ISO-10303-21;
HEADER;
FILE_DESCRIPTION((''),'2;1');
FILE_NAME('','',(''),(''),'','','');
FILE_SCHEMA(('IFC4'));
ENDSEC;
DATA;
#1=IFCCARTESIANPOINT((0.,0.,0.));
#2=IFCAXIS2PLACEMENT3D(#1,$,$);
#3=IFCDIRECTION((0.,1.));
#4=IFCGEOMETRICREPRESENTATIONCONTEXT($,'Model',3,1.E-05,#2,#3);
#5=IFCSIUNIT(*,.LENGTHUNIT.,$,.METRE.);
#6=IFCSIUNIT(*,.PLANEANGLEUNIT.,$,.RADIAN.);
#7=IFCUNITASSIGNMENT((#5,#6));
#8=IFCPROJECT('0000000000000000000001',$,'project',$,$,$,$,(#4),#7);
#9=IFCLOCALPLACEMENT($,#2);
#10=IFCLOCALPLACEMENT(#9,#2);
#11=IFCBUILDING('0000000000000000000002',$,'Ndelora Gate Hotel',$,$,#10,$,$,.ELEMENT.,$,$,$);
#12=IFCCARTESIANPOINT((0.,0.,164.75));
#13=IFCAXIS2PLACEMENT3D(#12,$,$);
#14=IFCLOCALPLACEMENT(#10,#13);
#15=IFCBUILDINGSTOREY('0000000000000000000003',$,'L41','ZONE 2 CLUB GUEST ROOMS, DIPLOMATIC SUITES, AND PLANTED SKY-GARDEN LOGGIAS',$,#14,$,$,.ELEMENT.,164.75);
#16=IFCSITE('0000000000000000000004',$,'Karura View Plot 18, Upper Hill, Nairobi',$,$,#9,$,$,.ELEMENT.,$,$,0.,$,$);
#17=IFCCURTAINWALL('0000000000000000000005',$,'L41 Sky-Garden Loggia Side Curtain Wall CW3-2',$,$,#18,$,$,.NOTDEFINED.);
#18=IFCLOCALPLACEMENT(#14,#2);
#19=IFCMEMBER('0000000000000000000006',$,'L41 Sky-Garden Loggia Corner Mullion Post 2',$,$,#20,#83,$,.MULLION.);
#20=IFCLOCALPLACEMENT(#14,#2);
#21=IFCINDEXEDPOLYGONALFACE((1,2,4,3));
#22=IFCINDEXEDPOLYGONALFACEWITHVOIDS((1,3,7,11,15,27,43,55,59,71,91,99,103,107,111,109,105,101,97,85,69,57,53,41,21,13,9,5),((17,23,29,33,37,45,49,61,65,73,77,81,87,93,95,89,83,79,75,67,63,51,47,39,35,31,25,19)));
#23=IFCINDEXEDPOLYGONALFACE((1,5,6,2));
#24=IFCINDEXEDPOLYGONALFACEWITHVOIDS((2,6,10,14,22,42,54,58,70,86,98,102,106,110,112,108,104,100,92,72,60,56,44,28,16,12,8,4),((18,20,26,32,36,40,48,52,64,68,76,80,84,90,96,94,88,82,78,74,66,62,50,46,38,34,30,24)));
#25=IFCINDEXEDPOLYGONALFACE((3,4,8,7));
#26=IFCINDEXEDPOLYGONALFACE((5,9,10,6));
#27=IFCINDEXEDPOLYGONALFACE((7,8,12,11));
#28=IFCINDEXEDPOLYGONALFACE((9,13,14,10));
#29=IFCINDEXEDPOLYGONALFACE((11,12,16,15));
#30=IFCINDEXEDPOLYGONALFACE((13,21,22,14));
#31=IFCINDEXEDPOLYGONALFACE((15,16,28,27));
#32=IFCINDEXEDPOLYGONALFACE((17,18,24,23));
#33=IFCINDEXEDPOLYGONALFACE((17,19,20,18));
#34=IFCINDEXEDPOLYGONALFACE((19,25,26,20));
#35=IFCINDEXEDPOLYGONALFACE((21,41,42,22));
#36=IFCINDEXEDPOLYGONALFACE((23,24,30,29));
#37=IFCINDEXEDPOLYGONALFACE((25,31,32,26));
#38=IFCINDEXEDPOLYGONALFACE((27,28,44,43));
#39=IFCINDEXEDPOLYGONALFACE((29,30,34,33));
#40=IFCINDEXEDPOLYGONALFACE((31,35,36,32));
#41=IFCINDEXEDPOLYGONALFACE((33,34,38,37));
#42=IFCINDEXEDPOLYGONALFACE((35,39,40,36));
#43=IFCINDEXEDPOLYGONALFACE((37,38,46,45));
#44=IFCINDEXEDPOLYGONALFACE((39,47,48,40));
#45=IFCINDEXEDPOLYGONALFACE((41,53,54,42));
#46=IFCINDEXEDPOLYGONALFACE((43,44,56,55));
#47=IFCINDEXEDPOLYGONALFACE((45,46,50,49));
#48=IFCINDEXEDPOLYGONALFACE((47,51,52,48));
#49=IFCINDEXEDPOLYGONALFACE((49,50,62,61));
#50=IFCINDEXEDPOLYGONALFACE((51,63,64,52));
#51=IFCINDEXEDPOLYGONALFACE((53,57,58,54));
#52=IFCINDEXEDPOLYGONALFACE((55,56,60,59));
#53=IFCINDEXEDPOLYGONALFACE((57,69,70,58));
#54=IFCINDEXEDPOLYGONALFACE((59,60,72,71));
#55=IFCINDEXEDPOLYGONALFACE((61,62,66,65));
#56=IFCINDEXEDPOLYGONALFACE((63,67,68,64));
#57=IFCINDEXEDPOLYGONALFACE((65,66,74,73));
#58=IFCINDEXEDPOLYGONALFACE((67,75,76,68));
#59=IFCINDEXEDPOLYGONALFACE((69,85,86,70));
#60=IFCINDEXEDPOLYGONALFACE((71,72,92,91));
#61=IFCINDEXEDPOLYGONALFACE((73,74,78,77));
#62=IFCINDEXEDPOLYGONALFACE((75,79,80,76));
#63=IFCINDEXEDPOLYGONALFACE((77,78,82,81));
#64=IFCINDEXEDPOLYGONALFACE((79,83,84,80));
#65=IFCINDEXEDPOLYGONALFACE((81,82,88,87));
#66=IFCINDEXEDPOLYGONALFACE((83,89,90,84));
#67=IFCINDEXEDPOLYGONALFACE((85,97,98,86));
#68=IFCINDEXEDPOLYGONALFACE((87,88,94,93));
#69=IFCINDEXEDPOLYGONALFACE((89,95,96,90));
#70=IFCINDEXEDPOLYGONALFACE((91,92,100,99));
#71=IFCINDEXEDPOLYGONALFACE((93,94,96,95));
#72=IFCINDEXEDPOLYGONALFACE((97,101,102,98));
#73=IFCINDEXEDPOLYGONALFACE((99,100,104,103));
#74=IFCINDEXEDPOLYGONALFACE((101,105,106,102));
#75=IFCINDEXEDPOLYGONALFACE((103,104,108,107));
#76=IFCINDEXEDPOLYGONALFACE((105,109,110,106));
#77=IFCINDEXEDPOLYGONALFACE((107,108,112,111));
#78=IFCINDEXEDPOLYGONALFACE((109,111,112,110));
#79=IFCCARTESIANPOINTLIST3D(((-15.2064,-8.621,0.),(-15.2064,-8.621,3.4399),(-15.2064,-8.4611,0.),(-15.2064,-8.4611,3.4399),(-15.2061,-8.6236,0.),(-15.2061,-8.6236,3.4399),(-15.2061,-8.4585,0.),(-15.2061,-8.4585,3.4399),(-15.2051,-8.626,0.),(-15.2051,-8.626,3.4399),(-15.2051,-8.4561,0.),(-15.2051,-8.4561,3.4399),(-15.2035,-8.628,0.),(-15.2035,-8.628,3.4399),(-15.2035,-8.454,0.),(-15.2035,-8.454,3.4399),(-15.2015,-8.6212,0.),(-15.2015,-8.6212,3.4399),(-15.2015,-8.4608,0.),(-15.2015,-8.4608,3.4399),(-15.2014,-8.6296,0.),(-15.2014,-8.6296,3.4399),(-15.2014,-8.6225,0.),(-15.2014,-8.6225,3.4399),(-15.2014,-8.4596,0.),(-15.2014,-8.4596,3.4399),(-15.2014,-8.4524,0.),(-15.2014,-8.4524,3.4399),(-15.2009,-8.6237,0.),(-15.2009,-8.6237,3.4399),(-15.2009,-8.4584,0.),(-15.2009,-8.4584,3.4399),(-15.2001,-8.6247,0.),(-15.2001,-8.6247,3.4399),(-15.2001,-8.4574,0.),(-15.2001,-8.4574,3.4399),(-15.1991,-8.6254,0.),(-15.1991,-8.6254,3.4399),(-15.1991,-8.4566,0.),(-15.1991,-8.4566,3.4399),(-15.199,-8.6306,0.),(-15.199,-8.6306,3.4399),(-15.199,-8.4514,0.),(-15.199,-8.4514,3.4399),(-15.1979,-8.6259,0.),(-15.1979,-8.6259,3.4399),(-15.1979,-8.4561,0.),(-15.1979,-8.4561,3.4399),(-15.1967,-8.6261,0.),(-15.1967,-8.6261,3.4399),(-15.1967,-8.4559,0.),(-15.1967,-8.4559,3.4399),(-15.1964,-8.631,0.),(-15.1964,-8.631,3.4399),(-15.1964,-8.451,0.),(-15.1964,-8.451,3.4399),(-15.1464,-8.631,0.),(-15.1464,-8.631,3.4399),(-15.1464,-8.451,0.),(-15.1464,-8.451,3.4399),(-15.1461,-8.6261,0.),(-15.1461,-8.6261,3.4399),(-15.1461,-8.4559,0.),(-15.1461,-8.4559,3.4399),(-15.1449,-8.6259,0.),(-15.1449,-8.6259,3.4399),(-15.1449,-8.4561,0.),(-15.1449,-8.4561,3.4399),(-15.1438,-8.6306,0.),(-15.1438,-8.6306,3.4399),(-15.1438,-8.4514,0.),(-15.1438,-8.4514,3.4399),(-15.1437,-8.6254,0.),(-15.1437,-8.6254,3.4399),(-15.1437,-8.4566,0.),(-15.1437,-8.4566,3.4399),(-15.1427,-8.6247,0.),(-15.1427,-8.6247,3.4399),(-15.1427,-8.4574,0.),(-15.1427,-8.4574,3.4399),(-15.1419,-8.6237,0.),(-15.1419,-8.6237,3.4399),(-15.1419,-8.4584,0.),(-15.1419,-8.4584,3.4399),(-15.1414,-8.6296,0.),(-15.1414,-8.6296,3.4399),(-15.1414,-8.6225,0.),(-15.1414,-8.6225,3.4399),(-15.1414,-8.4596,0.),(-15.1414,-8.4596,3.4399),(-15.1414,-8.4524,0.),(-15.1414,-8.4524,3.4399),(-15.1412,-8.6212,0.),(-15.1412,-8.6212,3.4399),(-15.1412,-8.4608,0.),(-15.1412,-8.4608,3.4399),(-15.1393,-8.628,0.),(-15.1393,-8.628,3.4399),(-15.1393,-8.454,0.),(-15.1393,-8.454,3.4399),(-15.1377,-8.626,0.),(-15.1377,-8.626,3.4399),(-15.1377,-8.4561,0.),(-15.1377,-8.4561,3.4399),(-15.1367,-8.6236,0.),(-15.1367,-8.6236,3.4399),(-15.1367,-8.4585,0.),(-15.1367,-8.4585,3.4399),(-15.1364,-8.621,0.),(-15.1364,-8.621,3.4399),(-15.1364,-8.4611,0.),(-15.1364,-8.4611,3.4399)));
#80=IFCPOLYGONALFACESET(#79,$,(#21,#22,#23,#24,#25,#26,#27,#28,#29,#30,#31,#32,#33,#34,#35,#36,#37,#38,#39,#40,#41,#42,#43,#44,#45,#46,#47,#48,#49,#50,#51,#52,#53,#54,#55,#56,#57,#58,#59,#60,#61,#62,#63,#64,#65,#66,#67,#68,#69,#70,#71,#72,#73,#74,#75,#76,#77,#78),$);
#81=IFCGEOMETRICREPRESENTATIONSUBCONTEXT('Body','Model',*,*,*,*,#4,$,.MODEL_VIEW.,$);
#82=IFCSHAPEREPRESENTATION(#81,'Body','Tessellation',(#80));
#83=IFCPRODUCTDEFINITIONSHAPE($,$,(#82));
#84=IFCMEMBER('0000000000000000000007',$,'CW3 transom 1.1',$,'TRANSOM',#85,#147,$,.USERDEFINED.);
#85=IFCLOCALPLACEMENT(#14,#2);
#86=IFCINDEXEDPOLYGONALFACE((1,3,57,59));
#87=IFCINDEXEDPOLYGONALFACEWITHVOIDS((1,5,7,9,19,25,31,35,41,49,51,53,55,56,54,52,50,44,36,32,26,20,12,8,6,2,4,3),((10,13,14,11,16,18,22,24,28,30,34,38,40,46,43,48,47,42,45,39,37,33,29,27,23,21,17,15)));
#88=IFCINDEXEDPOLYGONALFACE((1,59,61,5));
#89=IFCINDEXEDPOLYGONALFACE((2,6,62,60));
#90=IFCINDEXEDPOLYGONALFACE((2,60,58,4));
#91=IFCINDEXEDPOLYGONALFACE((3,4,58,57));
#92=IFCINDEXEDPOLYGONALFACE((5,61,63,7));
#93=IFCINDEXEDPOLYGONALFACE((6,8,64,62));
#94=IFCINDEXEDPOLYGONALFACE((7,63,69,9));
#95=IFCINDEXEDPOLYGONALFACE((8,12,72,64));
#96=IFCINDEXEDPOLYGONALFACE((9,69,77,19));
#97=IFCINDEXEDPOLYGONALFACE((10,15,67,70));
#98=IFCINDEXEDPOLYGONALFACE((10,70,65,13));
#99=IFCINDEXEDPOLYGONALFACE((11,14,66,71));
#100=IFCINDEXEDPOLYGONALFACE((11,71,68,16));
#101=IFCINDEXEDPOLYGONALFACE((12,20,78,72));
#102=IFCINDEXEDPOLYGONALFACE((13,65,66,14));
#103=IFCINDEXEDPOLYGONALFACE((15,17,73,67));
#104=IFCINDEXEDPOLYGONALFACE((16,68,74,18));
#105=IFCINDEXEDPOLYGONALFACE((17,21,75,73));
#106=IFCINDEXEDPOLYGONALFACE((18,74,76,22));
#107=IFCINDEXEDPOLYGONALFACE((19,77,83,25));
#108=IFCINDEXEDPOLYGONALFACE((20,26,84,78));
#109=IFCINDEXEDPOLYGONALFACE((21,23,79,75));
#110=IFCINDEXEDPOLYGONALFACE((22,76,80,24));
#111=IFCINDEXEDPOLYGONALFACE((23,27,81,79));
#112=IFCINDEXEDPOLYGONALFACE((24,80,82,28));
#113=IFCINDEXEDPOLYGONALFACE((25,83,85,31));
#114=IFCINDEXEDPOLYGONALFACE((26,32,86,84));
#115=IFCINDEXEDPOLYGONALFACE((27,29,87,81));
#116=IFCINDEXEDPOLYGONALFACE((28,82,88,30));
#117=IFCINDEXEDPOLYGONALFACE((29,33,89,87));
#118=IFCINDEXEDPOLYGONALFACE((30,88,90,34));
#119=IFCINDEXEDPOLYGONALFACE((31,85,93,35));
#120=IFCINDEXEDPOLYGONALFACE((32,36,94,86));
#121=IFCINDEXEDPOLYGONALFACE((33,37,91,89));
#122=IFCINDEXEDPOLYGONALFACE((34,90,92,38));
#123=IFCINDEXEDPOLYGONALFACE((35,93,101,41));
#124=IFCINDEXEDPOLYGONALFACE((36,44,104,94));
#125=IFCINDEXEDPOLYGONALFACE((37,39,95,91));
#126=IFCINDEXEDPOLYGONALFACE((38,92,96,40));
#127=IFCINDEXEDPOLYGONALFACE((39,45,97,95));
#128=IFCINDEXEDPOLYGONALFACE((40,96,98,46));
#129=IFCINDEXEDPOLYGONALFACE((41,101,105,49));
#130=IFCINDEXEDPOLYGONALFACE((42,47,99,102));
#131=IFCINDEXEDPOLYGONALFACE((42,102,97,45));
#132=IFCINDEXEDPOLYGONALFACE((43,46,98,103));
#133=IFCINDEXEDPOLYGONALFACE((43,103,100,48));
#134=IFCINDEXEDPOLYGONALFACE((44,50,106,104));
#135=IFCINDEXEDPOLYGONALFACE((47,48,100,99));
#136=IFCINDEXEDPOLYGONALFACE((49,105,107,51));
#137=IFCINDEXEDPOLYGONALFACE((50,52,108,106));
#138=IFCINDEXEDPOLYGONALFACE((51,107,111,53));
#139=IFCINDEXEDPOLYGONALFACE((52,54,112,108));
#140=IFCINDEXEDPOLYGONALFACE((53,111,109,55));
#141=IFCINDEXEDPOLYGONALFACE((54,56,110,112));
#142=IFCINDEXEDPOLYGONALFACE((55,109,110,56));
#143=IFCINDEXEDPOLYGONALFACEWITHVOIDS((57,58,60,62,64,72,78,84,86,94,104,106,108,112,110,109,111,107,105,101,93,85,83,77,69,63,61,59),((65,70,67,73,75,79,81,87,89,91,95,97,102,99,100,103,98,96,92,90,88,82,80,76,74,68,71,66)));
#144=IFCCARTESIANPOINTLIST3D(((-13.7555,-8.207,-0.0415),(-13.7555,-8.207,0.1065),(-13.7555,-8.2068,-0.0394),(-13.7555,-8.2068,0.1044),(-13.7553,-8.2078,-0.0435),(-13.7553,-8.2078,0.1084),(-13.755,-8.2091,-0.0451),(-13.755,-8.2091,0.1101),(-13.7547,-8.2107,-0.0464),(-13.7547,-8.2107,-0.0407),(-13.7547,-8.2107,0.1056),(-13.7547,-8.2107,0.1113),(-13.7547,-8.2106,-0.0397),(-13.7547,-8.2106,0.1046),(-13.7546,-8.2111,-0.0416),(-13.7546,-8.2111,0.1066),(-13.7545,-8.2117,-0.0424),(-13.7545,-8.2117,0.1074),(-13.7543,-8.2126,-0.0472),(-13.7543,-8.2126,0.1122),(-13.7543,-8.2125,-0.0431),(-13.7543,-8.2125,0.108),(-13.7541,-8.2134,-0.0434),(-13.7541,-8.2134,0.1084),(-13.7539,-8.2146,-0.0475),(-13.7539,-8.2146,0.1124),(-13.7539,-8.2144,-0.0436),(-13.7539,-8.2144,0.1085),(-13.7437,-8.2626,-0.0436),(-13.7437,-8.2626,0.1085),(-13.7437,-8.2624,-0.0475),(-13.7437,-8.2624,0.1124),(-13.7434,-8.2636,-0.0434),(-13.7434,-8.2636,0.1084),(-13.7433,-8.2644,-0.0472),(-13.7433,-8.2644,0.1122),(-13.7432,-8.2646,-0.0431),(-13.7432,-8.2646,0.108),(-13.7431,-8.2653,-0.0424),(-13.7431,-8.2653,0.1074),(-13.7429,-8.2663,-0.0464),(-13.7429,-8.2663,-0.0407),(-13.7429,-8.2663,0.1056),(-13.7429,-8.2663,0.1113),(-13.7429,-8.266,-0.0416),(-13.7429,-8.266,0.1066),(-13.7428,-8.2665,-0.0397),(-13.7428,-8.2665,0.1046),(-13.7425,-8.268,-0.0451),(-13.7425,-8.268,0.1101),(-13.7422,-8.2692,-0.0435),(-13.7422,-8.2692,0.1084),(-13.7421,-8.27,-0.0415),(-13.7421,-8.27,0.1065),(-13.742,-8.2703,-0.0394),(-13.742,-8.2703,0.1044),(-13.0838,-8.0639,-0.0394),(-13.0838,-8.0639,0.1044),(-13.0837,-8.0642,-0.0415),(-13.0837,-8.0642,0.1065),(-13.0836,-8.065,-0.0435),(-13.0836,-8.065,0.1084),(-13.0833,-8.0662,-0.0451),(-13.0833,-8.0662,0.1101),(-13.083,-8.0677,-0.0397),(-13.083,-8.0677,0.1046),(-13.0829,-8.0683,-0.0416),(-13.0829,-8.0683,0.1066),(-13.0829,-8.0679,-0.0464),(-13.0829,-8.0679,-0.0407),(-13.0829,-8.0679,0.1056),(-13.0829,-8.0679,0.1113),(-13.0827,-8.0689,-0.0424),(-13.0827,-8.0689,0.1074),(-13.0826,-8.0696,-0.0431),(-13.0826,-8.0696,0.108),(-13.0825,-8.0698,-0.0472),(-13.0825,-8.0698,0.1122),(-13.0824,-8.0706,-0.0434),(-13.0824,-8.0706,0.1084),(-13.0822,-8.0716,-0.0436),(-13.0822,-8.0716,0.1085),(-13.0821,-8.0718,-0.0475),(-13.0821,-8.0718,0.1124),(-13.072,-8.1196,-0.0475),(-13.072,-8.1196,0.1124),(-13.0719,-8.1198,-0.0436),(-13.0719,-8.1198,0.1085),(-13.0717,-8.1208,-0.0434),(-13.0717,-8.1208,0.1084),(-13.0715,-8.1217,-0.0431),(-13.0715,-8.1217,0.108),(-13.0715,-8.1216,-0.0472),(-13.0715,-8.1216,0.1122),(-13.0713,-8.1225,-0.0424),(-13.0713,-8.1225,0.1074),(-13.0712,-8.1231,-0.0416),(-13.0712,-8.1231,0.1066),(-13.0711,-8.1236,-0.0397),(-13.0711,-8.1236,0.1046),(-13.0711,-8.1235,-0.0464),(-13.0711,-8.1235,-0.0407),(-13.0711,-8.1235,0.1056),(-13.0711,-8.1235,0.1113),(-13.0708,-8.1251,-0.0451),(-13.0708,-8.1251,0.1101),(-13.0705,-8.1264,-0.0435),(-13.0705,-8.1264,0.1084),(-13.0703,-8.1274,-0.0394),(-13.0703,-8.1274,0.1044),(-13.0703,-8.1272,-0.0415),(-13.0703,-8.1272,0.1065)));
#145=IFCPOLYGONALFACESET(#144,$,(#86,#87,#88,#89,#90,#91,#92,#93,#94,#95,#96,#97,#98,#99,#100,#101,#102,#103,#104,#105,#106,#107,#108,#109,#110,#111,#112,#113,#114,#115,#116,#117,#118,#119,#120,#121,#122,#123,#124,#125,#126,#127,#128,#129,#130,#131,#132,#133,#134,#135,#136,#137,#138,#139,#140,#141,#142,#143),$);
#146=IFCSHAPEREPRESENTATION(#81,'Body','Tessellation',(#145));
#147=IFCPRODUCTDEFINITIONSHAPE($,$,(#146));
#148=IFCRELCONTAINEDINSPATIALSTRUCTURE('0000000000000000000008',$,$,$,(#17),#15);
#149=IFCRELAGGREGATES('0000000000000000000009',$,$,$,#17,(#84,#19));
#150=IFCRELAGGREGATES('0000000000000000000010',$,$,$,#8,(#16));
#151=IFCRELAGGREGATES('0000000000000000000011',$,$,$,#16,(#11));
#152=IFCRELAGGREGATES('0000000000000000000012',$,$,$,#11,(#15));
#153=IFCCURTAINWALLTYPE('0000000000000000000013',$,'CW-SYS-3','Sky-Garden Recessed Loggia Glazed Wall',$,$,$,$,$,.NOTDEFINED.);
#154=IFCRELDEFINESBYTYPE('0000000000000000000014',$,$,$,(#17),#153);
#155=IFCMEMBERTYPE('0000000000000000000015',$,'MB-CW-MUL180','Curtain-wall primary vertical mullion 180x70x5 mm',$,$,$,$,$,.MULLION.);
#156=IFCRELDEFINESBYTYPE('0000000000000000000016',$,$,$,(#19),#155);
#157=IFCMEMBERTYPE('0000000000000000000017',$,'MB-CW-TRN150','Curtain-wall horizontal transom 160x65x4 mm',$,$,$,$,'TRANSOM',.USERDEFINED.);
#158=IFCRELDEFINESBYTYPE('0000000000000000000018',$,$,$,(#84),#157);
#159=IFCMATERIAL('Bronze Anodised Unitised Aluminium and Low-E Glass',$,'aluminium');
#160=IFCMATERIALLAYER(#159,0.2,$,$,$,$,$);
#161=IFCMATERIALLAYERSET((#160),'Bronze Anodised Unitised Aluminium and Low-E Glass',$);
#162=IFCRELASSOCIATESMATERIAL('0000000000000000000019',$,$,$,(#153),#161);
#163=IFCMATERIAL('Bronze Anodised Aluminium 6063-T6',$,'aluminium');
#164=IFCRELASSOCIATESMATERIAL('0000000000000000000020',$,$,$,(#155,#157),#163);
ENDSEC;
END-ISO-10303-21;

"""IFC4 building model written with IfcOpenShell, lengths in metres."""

from ifc_helpers import new_model, si_unit, direction, frame, origin, origin_2d, place, context, subcontext, project, spatial, hollow_rectangle, extrude, material, layer, layer_set, material_profile, profile_set, type_object, element, aggregate, save


model = new_model("IFC4")

# Units and contexts
model_context = context("Model", 3, precision=1e-05, world=origin(), true_north=direction((0.0, 1.0)))
body_context = subcontext(model_context, "Body", "Model", "MODEL_VIEW")
ifc_project = project(units=[si_unit("LENGTHUNIT", "METRE"), si_unit("PLANEANGLEUNIT", "RADIAN")], contexts=[model_context])

# Site, building, storey
site_placement = place(None, origin())
site = spatial("IfcSite", under=ifc_project, at=site_placement, Name="Karura View Plot 18, Upper Hill, Nairobi", CompositionType="ELEMENT", RefElevation=0.0)
building_placement = place(site_placement, origin())
building = spatial("IfcBuilding", under=site, at=building_placement, Name="Ndelora Gate Hotel", CompositionType="ELEMENT")
storey_placement = place(building_placement, frame((0.0, 0.0, 164.75)))
storey = spatial("IfcBuildingStorey", under=building, at=storey_placement, Name="L41", Description="ZONE 2 CLUB GUEST ROOMS, DIPLOMATIC SUITES, AND PLANTED SKY-GARDEN LOGGIAS", CompositionType="ELEMENT", Elevation=164.75)

# Curtain wall, members
ifc_material_1 = material(Name="Bronze Anodised Unitised Aluminium and Low-E Glass", Category="aluminium")
ifc_layer_1 = layer(ifc_material_1, 0.2)
ifc_layer_set_1 = layer_set([ifc_layer_1], Name="Bronze Anodised Unitised Aluminium and Low-E Glass")
curtain_wall_type = type_object("IfcCurtainWallType", Name="CW-SYS-3", Description="Sky-Garden Recessed Loggia Glazed Wall", PredefinedType="NOTDEFINED", material=ifc_layer_set_1)
curtain_wall_placement = place(storey_placement, origin())
curtain_wall = element("IfcCurtainWall", 1, at=curtain_wall_placement, inside=storey, type_object=curtain_wall_type, Name="L41 Sky-Garden Loggia Side Curtain Wall CW3-2", PredefinedType="NOTDEFINED")
ifc_material_2 = material(Name="Bronze Anodised Aluminium 6063-T6", Category="aluminium")
ifc_material_profile_1 = material_profile(ifc_material_2, hollow_rectangle(XDim=0.0701, YDim=0.1799, WallThickness=0.0049, InnerFilletRadius=0.0049, OuterFilletRadius=0.01, at=origin_2d()), Name="ALU 180x70x5")
ifc_profile_set_1 = profile_set([ifc_material_profile_1], Name="Bronze Anodised Aluminium 6063-T6")
member_type_1 = type_object("IfcMemberType", Name="MB-CW-MUL180", Description="Curtain-wall primary vertical mullion 180x70x5 mm", PredefinedType="MULLION", material=ifc_profile_set_1)
member_1_placement = place(storey_placement, frame((-15.1714, -8.541, 0.0), z_axis=(0.0, 0.0, 1.0), x_axis=(1.0, 0.0, 0.0)))
member_1 = element("IfcMember", 2, at=member_1_placement, type_object=member_type_1, Name="L41 Sky-Garden Loggia Corner Mullion Post 2", PredefinedType="MULLION", context=body_context, shape_type="SweptSolid", body=[
    extrude(hollow_rectangle(XDim=0.0701, YDim=0.1799, WallThickness=0.0049, InnerFilletRadius=0.0049, OuterFilletRadius=0.01, at=origin_2d()), origin(), (0.0, 0.0, 1.0), 3.4399),
])
ifc_material_profile_2 = material_profile(ifc_material_2, hollow_rectangle(XDim=0.0649, YDim=0.1599, WallThickness=0.0039, InnerFilletRadius=0.0039, OuterFilletRadius=0.0081, at=origin_2d()), Name="ALU 160x65x4")
ifc_profile_set_2 = profile_set([ifc_material_profile_2], Name="Bronze Anodised Aluminium 6063-T6")
member_type_2 = type_object("IfcMemberType", Name="MB-CW-TRN150", Description="Curtain-wall horizontal transom 160x65x4 mm", ElementType="TRANSOM", PredefinedType="USERDEFINED", material=ifc_profile_set_2)
member_2_placement = place(storey_placement, frame((-13.7488, -8.2385, 0.0325), z_axis=(0.978129, 0.207999, 0.0), x_axis=(-0.207999, 0.978129, 0.0)))
member_2 = element("IfcMember", 3, at=member_2_placement, type_object=member_type_2, Name="CW3 transom 1.1", ObjectType="TRANSOM", PredefinedType="USERDEFINED", context=body_context, shape_type="SweptSolid", body=[
    extrude(hollow_rectangle(XDim=0.0649, YDim=0.1599, WallThickness=0.0039, InnerFilletRadius=0.0039, OuterFilletRadius=0.0081, at=origin_2d()), origin(), (0.0, 0.0, 1.0), 0.6868),
])
aggregate(curtain_wall, [member_2, member_1])

save(model, "model.ifc")
